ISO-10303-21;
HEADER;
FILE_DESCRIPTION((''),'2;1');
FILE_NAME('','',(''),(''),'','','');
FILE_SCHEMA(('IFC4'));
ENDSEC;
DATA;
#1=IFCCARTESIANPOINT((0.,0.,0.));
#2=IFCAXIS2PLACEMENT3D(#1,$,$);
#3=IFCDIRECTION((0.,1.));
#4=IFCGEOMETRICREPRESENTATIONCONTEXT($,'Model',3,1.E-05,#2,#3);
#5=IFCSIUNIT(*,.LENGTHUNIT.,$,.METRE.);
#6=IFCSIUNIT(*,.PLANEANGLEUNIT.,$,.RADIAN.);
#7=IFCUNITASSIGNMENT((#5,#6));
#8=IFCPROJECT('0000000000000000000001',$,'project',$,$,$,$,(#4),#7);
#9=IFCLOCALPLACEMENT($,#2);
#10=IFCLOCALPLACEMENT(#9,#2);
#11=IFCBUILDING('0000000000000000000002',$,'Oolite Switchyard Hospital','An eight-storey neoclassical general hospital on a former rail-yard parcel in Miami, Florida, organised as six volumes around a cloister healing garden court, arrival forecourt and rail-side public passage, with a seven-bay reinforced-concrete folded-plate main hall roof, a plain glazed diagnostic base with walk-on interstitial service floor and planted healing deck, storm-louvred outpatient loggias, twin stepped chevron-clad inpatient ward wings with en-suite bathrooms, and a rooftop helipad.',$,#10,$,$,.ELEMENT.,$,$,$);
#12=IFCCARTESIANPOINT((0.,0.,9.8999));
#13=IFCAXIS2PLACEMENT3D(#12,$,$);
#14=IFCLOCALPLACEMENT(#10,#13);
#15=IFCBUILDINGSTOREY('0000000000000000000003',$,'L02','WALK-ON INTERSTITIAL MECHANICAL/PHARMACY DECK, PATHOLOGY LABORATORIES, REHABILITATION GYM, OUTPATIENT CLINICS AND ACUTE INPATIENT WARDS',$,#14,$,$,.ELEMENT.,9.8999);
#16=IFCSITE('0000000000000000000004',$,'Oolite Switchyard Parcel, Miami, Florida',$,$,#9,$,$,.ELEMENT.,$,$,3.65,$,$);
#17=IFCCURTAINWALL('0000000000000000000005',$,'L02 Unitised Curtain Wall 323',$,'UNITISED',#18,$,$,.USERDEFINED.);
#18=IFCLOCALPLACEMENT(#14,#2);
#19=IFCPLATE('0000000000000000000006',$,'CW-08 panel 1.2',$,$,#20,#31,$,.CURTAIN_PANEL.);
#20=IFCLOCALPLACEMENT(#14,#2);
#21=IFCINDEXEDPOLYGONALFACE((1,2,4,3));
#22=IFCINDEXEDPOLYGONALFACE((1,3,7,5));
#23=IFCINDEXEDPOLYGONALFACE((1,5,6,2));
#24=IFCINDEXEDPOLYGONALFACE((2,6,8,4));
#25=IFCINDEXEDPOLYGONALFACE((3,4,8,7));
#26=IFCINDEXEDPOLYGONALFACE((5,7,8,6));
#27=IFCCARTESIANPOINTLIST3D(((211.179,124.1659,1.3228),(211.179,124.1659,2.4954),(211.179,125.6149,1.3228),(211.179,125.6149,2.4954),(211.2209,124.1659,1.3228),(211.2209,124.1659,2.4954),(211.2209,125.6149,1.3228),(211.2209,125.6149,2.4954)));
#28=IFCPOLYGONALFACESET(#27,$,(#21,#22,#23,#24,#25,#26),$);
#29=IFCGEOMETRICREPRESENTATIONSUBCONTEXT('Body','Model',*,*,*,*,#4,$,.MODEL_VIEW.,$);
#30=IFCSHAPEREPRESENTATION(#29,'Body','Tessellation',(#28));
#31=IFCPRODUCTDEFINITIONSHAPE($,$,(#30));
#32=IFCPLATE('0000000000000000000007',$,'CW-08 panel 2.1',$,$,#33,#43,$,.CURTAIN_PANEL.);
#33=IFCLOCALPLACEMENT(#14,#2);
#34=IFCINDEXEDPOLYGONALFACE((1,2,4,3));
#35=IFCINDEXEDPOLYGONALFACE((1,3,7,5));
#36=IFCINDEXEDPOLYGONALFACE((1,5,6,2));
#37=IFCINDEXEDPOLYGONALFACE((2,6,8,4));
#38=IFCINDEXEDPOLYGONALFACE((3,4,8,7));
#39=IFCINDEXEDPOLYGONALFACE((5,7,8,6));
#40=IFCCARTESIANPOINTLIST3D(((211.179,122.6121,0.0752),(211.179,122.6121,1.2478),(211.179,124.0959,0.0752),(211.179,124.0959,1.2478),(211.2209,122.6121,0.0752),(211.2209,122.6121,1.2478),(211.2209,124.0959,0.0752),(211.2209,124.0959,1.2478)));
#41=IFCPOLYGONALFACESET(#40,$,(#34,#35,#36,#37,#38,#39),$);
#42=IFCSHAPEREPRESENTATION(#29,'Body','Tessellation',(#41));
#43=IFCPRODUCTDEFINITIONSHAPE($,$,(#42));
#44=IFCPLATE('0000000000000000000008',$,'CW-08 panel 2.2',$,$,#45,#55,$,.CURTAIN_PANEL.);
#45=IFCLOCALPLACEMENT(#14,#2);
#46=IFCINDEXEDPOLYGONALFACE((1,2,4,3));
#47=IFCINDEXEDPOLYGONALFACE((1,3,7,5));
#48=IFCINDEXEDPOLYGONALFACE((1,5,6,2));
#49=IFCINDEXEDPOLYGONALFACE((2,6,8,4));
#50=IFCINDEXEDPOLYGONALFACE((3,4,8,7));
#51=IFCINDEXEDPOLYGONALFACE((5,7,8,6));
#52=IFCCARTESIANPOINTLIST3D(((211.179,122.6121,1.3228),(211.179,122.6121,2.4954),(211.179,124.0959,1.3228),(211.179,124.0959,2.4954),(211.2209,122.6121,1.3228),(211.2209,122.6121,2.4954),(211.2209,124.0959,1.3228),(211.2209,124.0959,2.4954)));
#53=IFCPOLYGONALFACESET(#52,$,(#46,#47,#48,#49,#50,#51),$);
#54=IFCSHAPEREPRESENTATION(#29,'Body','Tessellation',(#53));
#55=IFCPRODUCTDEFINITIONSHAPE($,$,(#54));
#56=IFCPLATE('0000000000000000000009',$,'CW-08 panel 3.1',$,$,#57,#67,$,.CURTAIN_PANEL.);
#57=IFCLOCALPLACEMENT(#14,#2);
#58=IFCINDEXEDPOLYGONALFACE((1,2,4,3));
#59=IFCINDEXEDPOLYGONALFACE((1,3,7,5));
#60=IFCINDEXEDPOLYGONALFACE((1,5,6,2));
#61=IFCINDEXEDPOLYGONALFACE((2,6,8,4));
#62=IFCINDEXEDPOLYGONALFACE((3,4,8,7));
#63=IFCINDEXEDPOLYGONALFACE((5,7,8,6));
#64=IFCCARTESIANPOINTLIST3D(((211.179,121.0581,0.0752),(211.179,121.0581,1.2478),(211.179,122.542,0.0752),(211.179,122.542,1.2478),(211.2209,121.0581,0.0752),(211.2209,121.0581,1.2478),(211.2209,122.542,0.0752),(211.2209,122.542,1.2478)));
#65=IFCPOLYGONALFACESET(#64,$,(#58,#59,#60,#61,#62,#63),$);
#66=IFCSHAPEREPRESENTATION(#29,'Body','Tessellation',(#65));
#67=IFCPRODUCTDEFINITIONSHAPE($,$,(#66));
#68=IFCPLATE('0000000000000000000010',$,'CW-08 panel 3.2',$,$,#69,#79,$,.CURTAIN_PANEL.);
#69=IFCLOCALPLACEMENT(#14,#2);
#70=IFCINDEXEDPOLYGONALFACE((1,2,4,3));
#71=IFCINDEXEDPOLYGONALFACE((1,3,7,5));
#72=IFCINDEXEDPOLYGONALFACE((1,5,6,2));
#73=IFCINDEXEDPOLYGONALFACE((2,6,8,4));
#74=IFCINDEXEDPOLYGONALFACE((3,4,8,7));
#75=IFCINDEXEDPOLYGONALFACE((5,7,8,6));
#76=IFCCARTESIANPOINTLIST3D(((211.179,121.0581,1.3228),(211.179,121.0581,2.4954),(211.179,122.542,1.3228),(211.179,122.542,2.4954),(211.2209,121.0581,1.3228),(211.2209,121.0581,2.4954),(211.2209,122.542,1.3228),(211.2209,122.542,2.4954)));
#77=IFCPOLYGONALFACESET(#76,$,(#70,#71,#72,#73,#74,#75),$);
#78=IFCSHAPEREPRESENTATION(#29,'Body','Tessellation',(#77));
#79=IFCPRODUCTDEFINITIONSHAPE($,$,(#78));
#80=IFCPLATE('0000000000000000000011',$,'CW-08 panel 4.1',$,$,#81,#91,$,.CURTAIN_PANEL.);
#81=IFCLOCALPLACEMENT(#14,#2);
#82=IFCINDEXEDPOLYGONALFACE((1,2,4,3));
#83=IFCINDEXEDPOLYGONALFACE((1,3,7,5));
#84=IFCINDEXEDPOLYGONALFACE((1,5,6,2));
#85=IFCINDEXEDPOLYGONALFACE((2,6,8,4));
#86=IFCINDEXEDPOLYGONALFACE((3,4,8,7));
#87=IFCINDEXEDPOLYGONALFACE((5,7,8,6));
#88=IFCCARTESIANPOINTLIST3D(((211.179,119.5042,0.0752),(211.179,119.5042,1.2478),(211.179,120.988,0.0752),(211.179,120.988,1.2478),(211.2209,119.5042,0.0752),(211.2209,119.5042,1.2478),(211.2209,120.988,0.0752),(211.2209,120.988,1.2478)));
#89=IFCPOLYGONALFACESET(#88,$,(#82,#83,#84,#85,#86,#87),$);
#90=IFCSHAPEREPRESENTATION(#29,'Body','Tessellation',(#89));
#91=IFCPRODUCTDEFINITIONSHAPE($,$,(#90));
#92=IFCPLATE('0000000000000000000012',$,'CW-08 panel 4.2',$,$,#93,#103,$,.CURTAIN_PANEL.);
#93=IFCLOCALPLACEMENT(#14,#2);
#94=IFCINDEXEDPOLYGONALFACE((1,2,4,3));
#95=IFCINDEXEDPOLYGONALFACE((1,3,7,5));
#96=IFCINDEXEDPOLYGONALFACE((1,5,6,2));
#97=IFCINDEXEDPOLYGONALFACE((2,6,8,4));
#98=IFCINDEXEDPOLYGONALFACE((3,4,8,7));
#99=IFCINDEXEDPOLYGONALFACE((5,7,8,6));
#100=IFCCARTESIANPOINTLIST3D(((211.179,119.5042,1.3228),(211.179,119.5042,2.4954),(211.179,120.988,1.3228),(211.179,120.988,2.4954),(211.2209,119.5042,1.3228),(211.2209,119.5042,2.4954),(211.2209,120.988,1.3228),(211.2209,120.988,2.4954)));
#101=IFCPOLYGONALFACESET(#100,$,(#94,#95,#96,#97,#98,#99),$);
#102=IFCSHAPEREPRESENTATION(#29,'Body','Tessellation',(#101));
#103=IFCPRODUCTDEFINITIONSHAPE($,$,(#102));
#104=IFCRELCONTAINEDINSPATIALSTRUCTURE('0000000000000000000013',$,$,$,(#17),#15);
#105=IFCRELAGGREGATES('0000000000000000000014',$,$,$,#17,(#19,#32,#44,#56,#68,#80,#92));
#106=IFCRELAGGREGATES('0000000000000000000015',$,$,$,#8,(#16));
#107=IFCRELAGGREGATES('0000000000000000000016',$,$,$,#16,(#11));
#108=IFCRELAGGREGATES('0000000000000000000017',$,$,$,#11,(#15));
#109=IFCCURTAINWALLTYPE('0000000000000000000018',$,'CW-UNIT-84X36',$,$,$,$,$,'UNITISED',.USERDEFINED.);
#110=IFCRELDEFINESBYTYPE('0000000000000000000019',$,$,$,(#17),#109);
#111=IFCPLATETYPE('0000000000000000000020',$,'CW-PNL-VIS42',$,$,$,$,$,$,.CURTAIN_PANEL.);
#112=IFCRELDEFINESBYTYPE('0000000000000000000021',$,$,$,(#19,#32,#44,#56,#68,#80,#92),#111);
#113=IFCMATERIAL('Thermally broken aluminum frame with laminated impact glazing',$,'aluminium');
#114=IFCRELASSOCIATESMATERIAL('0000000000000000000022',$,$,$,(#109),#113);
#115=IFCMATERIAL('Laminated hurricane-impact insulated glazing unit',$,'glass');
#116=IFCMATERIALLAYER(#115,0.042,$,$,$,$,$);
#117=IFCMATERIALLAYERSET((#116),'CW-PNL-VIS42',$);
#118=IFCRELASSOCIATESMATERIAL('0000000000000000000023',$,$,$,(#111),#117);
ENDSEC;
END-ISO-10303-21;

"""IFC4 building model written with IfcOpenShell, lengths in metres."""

from ifc_helpers import new_model, si_unit, direction, frame, origin, origin_2d, place, context, subcontext, project, spatial, rectangle, extrude, material, layer, layer_set, type_object, element, aggregate, save


model = new_model("IFC4")

# Units and contexts
model_context = context("Model", 3, precision=1e-05, world=origin(), true_north=direction((0.0, 1.0)))
body_context = subcontext(model_context, "Body", "Model", "MODEL_VIEW")
ifc_project = project(units=[si_unit("LENGTHUNIT", "METRE"), si_unit("PLANEANGLEUNIT", "RADIAN")], contexts=[model_context])

# Site, building, storey
site_placement = place(None, origin())
site = spatial("IfcSite", under=ifc_project, at=site_placement, Name="Oolite Switchyard Parcel, Miami, Florida", CompositionType="ELEMENT", RefElevation=3.65)
building_placement = place(site_placement, origin())
building = spatial("IfcBuilding", under=site, at=building_placement, Name="Oolite Switchyard Hospital", Description="An eight-storey neoclassical general hospital on a former rail-yard parcel in Miami, Florida, organised as six volumes around a cloister healing garden court, arrival forecourt and rail-side public passage, with a seven-bay reinforced-concrete folded-plate main hall roof, a plain glazed diagnostic base with walk-on interstitial service floor and planted healing deck, storm-louvred outpatient loggias, twin stepped chevron-clad inpatient ward wings with en-suite bathrooms, and a rooftop helipad.", CompositionType="ELEMENT")
storey_placement = place(building_placement, frame((0.0, 0.0, 9.8999)))
storey = spatial("IfcBuildingStorey", under=building, at=storey_placement, Name="L02", Description="WALK-ON INTERSTITIAL MECHANICAL/PHARMACY DECK, PATHOLOGY LABORATORIES, REHABILITATION GYM, OUTPATIENT CLINICS AND ACUTE INPATIENT WARDS", CompositionType="ELEMENT", Elevation=9.8999)

# Curtain wall, plates
ifc_material_1 = material(Name="Thermally broken aluminum frame with laminated impact glazing", Category="aluminium")
curtain_wall_type = type_object("IfcCurtainWallType", Name="CW-UNIT-84X36", ElementType="UNITISED", PredefinedType="USERDEFINED", material=ifc_material_1)
curtain_wall_placement = place(storey_placement, origin())
curtain_wall = element("IfcCurtainWall", 1, at=curtain_wall_placement, inside=storey, type_object=curtain_wall_type, Name="L02 Unitised Curtain Wall 323", ObjectType="UNITISED", PredefinedType="USERDEFINED")
ifc_material_2 = material(Name="Laminated hurricane-impact insulated glazing unit", Category="glass")
ifc_layer = layer(ifc_material_2, 0.042)
ifc_layer_set = layer_set([ifc_layer], Name="CW-PNL-VIS42")
plate_type = type_object("IfcPlateType", Name="CW-PNL-VIS42", PredefinedType="CURTAIN_PANEL", material=ifc_layer_set)
plate_1_placement = place(storey_placement, frame((211.2, 124.8904, 1.3228), z_axis=(0.0, 0.0, 1.0), x_axis=(0.0, -1.0, 0.0)))
plate_1 = element("IfcPlate", 2, at=plate_1_placement, type_object=plate_type, Name="CW-08 panel 1.2", PredefinedType="CURTAIN_PANEL", context=body_context, shape_type="SweptSolid", body=[
    extrude(rectangle(XDim=1.449, YDim=0.042, at=origin_2d()), origin(), (0.0, 0.0, 1.0), 1.1726),
])
plate_2_placement = place(storey_placement, frame((211.2, 123.354, 0.0752), z_axis=(0.0, 0.0, 1.0), x_axis=(0.0, -1.0, 0.0)))
plate_2 = element("IfcPlate", 3, at=plate_2_placement, type_object=plate_type, Name="CW-08 panel 2.1", PredefinedType="CURTAIN_PANEL", context=body_context, shape_type="SweptSolid", body=[
    extrude(rectangle(XDim=1.4839, YDim=0.042, at=origin_2d()), origin(), (0.0, 0.0, 1.0), 1.1726),
])
plate_3_placement = place(storey_placement, frame((211.2, 123.354, 1.3228), z_axis=(0.0, 0.0, 1.0), x_axis=(0.0, -1.0, 0.0)))
plate_3 = element("IfcPlate", 4, at=plate_3_placement, type_object=plate_type, Name="CW-08 panel 2.2", PredefinedType="CURTAIN_PANEL", context=body_context, shape_type="SweptSolid", body=[
    extrude(rectangle(XDim=1.4839, YDim=0.042, at=origin_2d()), origin(), (0.0, 0.0, 1.0), 1.1726),
])
plate_4_placement = place(storey_placement, frame((211.2, 121.8, 0.0752), z_axis=(0.0, 0.0, 1.0), x_axis=(0.0, -1.0, 0.0)))
plate_4 = element("IfcPlate", 5, at=plate_4_placement, type_object=plate_type, Name="CW-08 panel 3.1", PredefinedType="CURTAIN_PANEL", context=body_context, shape_type="SweptSolid", body=[
    extrude(rectangle(XDim=1.4839, YDim=0.042, at=origin_2d()), origin(), (0.0, 0.0, 1.0), 1.1726),
])
plate_5_placement = place(storey_placement, frame((211.2, 121.8, 1.3228), z_axis=(0.0, 0.0, 1.0), x_axis=(0.0, -1.0, 0.0)))
plate_5 = element("IfcPlate", 6, at=plate_5_placement, type_object=plate_type, Name="CW-08 panel 3.2", PredefinedType="CURTAIN_PANEL", context=body_context, shape_type="SweptSolid", body=[
    extrude(rectangle(XDim=1.4839, YDim=0.042, at=origin_2d()), origin(), (0.0, 0.0, 1.0), 1.1726),
])
plate_6_placement = place(storey_placement, frame((211.2, 120.2461, 0.0752), z_axis=(0.0, 0.0, 1.0), x_axis=(0.0, -1.0, 0.0)))
plate_6 = element("IfcPlate", 7, at=plate_6_placement, type_object=plate_type, Name="CW-08 panel 4.1", PredefinedType="CURTAIN_PANEL", context=body_context, shape_type="SweptSolid", body=[
    extrude(rectangle(XDim=1.4839, YDim=0.042, at=origin_2d()), origin(), (0.0, 0.0, 1.0), 1.1726),
])
plate_7_placement = place(storey_placement, frame((211.2, 120.2461, 1.3228), z_axis=(0.0, 0.0, 1.0), x_axis=(0.0, -1.0, 0.0)))
plate_7 = element("IfcPlate", 8, at=plate_7_placement, type_object=plate_type, Name="CW-08 panel 4.2", PredefinedType="CURTAIN_PANEL", context=body_context, shape_type="SweptSolid", body=[
    extrude(rectangle(XDim=1.4839, YDim=0.042, at=origin_2d()), origin(), (0.0, 0.0, 1.0), 1.1726),
])
aggregate(curtain_wall, [plate_1, plate_2, plate_3, plate_4, plate_5, plate_6, plate_7])

save(model, "model.ifc")
